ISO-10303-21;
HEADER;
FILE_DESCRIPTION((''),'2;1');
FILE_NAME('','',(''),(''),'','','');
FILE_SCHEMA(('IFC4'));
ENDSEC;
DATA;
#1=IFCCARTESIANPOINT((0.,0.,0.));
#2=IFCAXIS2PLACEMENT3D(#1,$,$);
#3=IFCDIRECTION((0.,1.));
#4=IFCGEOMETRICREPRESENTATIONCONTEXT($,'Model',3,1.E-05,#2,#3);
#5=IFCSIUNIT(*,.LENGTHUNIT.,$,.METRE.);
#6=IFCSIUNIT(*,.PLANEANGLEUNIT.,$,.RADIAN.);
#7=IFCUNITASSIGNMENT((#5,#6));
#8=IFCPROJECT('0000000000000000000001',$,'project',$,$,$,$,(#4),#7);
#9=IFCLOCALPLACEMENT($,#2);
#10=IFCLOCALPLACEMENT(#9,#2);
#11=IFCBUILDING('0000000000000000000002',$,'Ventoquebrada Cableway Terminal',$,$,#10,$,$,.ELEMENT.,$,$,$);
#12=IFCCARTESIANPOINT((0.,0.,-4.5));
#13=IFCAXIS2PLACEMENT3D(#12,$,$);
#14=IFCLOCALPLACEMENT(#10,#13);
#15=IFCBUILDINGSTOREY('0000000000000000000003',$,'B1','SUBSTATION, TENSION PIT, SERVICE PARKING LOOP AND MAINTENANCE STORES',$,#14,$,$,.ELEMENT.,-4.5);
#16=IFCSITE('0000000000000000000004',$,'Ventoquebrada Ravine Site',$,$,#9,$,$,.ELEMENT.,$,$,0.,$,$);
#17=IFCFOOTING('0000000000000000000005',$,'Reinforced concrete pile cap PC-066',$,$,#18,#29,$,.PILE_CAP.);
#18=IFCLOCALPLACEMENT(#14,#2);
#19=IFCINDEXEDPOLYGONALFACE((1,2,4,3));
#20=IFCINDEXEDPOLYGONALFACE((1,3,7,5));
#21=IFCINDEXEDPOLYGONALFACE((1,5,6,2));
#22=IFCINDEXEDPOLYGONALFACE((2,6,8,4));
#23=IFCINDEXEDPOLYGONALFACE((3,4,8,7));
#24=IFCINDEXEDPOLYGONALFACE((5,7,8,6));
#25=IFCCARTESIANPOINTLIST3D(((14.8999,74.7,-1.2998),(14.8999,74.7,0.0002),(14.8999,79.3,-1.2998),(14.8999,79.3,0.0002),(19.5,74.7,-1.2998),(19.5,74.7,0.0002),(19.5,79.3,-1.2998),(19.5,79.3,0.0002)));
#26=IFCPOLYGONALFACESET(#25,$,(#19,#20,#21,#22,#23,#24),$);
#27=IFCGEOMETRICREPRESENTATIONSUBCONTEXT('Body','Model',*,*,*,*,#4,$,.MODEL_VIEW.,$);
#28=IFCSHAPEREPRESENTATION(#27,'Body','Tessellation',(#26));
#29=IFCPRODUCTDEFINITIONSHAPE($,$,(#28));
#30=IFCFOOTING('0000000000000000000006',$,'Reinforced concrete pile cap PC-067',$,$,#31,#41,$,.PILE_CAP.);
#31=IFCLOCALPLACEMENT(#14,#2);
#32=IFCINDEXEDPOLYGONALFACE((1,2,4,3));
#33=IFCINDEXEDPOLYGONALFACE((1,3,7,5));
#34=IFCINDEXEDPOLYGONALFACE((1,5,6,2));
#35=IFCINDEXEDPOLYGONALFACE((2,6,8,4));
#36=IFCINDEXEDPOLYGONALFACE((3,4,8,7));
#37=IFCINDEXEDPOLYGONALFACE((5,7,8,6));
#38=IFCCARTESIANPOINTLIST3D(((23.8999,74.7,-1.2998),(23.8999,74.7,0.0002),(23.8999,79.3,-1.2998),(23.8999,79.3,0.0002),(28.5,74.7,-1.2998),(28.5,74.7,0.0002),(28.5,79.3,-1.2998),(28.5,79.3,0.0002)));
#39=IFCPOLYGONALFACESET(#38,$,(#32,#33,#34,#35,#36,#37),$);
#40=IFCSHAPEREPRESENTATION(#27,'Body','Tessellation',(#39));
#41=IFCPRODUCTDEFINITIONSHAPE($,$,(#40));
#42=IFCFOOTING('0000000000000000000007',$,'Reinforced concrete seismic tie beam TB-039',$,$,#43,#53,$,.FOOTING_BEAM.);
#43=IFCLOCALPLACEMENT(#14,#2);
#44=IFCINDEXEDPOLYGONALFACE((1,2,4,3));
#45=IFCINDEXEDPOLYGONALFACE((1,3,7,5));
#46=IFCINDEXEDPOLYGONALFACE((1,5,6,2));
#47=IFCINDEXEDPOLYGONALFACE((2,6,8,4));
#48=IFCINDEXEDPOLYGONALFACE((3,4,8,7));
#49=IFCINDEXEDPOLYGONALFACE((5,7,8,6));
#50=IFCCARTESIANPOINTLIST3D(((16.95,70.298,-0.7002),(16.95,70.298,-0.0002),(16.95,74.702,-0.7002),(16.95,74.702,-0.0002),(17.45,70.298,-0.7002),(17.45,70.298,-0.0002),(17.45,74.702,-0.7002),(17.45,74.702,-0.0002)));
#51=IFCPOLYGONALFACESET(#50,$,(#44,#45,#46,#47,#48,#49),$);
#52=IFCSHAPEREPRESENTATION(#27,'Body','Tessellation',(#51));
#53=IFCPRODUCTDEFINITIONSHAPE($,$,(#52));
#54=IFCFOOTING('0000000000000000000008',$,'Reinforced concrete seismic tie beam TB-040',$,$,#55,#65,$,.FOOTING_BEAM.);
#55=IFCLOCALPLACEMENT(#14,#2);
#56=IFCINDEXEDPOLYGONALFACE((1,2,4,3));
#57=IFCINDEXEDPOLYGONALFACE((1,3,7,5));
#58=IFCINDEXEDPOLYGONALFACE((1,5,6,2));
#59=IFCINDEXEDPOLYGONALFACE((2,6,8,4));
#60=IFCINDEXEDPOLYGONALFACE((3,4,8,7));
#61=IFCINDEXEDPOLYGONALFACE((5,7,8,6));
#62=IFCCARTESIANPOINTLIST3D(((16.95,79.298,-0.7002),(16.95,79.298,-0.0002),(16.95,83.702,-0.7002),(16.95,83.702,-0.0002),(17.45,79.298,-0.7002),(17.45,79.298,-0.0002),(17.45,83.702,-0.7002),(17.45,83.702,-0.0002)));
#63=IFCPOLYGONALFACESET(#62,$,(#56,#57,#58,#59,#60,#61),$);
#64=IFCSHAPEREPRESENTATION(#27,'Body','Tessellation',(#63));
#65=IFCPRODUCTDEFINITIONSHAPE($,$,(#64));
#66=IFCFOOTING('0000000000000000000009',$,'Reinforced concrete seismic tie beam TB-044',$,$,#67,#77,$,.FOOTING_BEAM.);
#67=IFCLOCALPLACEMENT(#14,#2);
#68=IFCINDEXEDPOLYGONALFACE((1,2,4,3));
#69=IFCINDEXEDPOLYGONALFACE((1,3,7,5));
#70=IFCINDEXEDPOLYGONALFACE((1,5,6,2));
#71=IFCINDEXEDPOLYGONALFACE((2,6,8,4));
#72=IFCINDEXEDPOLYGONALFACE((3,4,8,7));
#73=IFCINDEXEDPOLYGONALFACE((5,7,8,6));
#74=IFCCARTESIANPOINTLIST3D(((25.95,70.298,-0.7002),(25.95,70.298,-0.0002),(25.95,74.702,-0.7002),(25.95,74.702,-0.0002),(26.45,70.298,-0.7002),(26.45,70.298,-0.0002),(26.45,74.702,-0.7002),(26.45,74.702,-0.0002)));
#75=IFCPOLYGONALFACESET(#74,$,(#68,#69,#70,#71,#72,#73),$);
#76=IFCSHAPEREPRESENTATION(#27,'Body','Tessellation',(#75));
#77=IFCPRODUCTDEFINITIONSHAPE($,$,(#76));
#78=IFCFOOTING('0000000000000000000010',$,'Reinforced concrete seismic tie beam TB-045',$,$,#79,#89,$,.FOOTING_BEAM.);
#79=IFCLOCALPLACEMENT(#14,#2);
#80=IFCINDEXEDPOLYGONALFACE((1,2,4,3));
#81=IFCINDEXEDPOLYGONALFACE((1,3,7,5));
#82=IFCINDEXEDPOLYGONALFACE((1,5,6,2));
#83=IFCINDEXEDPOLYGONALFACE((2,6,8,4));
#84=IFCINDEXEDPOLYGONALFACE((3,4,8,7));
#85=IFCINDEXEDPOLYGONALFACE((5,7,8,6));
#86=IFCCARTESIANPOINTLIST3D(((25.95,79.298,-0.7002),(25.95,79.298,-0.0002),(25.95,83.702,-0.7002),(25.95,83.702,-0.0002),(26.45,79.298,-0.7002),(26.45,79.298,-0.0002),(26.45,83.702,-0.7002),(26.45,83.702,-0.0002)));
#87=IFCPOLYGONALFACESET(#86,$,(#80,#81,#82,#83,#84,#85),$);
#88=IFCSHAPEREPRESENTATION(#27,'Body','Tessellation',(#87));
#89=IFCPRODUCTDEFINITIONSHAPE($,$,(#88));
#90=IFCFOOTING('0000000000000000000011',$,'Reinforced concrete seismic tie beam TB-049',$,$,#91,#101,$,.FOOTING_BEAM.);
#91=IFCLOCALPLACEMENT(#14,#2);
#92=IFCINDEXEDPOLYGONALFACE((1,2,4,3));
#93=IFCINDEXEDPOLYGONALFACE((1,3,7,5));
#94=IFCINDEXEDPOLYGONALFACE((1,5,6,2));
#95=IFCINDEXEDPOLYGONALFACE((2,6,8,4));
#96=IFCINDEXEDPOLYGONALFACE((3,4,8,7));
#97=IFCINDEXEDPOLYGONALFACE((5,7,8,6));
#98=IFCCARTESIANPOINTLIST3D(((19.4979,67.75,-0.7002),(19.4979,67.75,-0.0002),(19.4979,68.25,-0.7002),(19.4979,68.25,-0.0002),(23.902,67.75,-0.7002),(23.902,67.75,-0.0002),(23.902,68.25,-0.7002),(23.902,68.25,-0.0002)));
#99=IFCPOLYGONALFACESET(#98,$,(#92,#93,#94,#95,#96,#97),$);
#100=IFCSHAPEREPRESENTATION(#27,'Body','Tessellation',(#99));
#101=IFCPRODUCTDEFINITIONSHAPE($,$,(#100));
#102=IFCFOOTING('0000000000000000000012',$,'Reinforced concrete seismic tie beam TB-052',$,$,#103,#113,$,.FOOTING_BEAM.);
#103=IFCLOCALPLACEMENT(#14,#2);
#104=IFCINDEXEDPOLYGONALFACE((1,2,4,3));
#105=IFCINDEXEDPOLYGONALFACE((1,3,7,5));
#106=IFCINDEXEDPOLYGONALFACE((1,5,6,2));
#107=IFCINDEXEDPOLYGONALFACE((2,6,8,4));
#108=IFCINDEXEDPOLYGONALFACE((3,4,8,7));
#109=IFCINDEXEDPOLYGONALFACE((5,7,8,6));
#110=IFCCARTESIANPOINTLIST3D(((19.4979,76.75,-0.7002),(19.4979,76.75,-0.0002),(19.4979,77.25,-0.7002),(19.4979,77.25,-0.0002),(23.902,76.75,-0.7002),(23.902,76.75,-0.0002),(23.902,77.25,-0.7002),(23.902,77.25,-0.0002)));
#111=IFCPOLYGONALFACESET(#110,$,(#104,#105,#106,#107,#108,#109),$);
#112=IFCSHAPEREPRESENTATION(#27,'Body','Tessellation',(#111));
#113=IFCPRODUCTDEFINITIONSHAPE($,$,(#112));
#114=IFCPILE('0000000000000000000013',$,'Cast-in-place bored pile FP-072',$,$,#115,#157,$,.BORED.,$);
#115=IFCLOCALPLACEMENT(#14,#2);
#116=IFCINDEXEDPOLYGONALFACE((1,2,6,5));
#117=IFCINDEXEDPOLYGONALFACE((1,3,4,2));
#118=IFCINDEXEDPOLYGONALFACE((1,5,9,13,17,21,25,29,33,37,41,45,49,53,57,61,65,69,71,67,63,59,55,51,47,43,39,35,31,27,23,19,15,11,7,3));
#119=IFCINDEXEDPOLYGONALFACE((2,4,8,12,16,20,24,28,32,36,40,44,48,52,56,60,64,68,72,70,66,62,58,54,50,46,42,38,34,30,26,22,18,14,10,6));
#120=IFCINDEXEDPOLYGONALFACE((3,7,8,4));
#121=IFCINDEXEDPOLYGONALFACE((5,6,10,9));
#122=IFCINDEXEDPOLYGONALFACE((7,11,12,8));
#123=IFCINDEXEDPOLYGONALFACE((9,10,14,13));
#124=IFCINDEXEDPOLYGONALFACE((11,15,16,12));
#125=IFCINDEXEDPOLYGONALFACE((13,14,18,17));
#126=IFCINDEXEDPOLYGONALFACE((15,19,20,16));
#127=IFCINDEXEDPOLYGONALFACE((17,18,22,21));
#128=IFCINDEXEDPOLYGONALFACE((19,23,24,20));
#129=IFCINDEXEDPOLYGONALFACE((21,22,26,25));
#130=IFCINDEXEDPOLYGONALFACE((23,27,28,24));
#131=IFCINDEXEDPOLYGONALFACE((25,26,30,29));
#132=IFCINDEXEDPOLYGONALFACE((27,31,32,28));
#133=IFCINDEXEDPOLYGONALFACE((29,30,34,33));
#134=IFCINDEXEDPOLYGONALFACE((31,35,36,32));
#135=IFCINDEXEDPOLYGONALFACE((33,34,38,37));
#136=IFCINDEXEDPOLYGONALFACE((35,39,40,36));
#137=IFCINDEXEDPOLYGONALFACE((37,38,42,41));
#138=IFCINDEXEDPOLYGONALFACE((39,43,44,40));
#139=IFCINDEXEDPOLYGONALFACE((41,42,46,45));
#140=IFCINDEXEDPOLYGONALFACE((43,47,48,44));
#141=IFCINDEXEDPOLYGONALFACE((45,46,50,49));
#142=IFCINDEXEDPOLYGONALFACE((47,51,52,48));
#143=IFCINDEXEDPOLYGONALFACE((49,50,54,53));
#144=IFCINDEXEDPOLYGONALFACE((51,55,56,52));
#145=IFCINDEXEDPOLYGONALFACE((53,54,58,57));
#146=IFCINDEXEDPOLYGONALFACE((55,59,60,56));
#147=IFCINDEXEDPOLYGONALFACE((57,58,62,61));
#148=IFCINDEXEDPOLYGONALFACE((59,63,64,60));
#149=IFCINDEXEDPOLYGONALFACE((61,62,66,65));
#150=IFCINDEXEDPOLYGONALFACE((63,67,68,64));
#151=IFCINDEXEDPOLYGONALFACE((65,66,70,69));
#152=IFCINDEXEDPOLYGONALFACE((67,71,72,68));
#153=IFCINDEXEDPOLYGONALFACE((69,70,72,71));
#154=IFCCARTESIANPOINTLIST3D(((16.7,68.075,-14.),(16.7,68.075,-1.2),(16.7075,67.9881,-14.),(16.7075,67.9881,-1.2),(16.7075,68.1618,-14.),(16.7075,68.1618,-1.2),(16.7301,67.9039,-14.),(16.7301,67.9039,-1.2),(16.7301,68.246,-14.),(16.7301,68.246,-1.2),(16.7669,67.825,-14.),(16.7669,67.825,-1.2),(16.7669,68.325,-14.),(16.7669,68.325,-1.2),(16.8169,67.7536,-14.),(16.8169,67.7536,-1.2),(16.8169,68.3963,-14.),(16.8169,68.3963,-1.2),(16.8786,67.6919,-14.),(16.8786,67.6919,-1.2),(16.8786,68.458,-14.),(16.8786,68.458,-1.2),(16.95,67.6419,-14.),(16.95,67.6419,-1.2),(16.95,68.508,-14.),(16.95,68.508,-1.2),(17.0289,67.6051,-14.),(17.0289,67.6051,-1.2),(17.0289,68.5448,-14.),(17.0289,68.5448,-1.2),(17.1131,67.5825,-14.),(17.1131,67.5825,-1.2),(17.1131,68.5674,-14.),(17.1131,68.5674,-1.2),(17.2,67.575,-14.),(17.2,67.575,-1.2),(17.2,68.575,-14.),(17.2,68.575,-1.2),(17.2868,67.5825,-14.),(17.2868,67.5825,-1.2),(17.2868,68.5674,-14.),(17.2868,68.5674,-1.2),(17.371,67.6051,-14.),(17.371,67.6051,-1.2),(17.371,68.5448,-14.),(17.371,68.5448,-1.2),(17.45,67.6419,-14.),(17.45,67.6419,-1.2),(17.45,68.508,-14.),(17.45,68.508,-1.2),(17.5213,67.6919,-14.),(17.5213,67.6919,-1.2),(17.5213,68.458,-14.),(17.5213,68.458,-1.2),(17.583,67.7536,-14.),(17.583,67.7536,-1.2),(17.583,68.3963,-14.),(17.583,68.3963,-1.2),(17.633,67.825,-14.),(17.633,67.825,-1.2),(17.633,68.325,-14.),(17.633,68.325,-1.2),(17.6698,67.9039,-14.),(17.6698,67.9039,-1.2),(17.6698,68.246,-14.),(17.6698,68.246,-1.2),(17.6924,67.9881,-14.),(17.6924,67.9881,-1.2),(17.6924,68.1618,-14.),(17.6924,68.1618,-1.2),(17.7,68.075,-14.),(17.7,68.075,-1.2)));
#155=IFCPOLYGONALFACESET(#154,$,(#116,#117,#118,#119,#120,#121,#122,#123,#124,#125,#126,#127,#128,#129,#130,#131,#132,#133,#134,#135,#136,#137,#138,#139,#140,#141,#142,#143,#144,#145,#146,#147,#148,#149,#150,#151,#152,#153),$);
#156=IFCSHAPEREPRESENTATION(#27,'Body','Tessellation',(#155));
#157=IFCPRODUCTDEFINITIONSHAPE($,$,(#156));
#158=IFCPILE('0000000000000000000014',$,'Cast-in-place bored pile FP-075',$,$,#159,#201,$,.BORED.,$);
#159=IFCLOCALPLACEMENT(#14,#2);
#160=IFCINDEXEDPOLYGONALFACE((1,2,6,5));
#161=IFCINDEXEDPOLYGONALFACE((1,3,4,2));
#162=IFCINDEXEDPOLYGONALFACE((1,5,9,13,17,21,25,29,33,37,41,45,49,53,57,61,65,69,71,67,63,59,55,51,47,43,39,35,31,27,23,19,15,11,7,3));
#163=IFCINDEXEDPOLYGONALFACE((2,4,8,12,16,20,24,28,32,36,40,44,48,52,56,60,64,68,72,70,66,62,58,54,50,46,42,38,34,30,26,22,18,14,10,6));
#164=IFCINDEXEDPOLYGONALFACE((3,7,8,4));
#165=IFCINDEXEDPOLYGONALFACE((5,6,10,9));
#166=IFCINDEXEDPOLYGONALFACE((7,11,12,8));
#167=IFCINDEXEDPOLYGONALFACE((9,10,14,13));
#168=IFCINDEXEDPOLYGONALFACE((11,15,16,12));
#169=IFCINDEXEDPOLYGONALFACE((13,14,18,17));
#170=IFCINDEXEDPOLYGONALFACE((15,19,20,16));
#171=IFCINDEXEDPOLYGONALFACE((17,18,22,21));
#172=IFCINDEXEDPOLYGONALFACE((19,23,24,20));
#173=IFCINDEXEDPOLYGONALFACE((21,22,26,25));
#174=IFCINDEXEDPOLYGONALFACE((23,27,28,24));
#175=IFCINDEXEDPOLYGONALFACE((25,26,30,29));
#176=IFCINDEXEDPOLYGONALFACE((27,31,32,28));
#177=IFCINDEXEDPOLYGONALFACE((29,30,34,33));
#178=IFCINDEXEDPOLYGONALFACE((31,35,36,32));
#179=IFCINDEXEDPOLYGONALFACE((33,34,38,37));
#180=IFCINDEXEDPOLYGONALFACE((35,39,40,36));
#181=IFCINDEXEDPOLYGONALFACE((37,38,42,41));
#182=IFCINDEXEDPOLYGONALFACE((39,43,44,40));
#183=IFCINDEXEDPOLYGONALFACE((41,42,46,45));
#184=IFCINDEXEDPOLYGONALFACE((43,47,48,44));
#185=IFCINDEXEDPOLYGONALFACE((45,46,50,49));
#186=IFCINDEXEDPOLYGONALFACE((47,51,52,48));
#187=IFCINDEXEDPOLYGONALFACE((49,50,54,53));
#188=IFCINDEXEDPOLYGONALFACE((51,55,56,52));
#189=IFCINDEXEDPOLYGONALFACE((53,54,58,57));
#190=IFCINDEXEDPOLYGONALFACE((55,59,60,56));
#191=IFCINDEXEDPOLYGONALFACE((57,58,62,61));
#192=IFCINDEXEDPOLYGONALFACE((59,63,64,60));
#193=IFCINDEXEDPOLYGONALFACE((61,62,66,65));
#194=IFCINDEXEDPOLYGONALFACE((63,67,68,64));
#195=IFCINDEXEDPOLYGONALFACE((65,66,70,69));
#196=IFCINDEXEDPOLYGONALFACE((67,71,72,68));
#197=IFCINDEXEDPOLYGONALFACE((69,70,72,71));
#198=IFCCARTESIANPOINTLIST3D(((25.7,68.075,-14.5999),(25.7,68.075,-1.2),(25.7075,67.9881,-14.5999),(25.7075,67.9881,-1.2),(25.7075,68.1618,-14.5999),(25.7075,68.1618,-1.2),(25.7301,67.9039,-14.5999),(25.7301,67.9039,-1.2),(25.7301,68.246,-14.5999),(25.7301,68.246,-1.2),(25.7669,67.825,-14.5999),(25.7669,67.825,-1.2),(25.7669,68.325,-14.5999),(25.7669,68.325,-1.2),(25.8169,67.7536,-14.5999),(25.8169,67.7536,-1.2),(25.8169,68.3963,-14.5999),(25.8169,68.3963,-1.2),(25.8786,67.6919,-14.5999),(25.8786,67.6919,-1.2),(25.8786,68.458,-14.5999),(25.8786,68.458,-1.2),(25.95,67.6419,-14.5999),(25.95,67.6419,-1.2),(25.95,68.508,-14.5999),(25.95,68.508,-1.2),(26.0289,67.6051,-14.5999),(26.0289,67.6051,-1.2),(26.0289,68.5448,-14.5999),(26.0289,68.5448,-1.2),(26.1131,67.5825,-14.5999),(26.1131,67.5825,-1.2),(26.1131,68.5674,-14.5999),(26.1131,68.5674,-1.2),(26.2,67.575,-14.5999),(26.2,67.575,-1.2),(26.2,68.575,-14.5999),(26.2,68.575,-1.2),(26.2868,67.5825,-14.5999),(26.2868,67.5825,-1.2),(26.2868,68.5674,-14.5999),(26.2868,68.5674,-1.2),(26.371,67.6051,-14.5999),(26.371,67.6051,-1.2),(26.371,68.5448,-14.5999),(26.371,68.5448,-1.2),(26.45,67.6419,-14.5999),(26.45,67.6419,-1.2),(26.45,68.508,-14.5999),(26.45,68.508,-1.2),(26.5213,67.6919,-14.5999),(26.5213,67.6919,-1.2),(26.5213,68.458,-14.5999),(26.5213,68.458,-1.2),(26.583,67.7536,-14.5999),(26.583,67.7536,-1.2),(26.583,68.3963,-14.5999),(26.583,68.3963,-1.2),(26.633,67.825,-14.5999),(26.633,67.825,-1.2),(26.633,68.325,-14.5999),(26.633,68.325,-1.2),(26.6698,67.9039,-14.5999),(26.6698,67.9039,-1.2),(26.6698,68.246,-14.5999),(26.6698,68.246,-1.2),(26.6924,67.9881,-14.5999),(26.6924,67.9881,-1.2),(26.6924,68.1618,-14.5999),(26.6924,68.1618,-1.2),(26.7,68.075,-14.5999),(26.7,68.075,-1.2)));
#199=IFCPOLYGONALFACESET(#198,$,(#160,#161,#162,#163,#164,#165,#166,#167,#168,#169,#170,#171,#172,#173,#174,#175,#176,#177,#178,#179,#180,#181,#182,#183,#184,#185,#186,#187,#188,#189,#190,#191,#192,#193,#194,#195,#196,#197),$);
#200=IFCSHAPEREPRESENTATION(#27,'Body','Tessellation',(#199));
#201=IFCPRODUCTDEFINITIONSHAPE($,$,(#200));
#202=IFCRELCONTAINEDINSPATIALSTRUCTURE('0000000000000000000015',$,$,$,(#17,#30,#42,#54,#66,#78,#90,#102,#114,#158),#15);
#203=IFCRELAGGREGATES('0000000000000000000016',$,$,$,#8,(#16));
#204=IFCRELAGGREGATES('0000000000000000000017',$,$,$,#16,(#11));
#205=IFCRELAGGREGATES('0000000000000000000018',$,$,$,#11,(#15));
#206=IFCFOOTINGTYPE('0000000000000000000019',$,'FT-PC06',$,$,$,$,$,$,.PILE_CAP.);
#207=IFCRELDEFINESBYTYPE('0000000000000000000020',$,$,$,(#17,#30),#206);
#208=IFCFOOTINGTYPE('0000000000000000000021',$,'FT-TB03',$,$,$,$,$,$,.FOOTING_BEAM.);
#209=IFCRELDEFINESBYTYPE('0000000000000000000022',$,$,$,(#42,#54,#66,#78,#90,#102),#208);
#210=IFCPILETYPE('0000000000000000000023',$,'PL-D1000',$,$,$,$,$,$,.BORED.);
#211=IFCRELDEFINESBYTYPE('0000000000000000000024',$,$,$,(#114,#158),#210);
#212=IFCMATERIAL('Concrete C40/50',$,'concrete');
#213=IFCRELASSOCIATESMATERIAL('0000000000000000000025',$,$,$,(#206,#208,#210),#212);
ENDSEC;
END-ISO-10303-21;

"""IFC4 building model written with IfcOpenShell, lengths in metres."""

from ifc_helpers import new_model, si_unit, direction, frame, origin, origin_2d, place, context, subcontext, project, spatial, rectangle, circle, extrude, material, material_profile, profile_set, type_object, element, save


model = new_model("IFC4")

# Units and contexts
model_context = context("Model", 3, precision=1e-05, world=origin(), true_north=direction((0.0, 1.0)))
body_context = subcontext(model_context, "Body", "Model", "MODEL_VIEW")
ifc_project = project(units=[si_unit("LENGTHUNIT", "METRE"), si_unit("PLANEANGLEUNIT", "RADIAN")], contexts=[model_context])

# Site, building, storey
site_placement = place(None, origin())
site = spatial("IfcSite", under=ifc_project, at=site_placement, Name="Ventoquebrada Ravine Site", CompositionType="ELEMENT", RefElevation=0.0)
building_placement = place(site_placement, origin())
building = spatial("IfcBuilding", under=site, at=building_placement, Name="Ventoquebrada Cableway Terminal", CompositionType="ELEMENT")
storey_placement = place(building_placement, frame((0.0, 0.0, -4.5)))
storey = spatial("IfcBuildingStorey", under=building, at=storey_placement, Name="B1", Description="SUBSTATION, TENSION PIT, SERVICE PARKING LOOP AND MAINTENANCE STORES", CompositionType="ELEMENT", Elevation=-4.5)

# Footings
ifc_material_1 = material(Name="Concrete C40/50", Category="concrete")
footing_type_1 = type_object("IfcFootingType", Name="FT-PC06", PredefinedType="PILE_CAP", material=ifc_material_1)
for number, where, z_axis, x_axis, name in (
    (1, (17.2, 77.0, -1.2998), (0.0, 0.0, 1.0), (1.0, 0.0, 0.0), "Reinforced concrete pile cap PC-066"),
    (2, (26.2, 77.0, -1.2998), (0.0, 0.0, 1.0), (1.0, 0.0, 0.0), "Reinforced concrete pile cap PC-067"),
):
    element("IfcFooting", number, at=place(storey_placement, frame(where, z_axis=z_axis, x_axis=x_axis)), inside=storey, type_object=footing_type_1, Name=name, PredefinedType="PILE_CAP", context=body_context, shape_type="SweptSolid", body=[
        extrude(rectangle(XDim=4.6001, YDim=4.6001, at=origin_2d()), origin(), (0.0, 0.0, 1.0), 1.3),
    ])
footing_type_2 = type_object("IfcFootingType", Name="FT-TB03", PredefinedType="FOOTING_BEAM", material=ifc_material_1)
for number, where, z_axis, x_axis, name in (
    (3, (17.2, 72.5, -0.7002), (0.0, 0.0, 1.0), (0.0, 1.0, 0.0), "Reinforced concrete seismic tie beam TB-039"),
    (4, (17.2, 81.5, -0.7002), (0.0, 0.0, 1.0), (0.0, 1.0, 0.0), "Reinforced concrete seismic tie beam TB-040"),
    (5, (26.2, 72.5, -0.7002), (0.0, 0.0, 1.0), (0.0, 1.0, 0.0), "Reinforced concrete seismic tie beam TB-044"),
    (6, (26.2, 81.5, -0.7002), (0.0, 0.0, 1.0), (0.0, 1.0, 0.0), "Reinforced concrete seismic tie beam TB-045"),
    (7, (21.7, 68.0, -0.7002), (0.0, 0.0, 1.0), (1.0, 0.0, 0.0), "Reinforced concrete seismic tie beam TB-049"),
    (8, (21.7, 77.0, -0.7002), (0.0, 0.0, 1.0), (1.0, 0.0, 0.0), "Reinforced concrete seismic tie beam TB-052"),
):
    element("IfcFooting", number, at=place(storey_placement, frame(where, z_axis=z_axis, x_axis=x_axis)), inside=storey, type_object=footing_type_2, Name=name, PredefinedType="FOOTING_BEAM", context=body_context, shape_type="SweptSolid", body=[
        extrude(rectangle(XDim=4.4041, YDim=0.5, at=origin_2d()), origin(), (0.0, 0.0, 1.0), 0.7),
    ])

# Piles
ifc_material_profile_1 = material_profile(ifc_material_1, circle(Radius=0.5, at=origin_2d()), Name="PILE-D1000")
ifc_profile_set_1 = profile_set([ifc_material_profile_1], Name="Concrete C40/50")
pile_type = type_object("IfcPileType", Name="PL-D1000", PredefinedType="BORED", material=ifc_profile_set_1)
pile_1_placement = place(storey_placement, frame((17.2, 68.075, -1.2), z_axis=(0.0, 0.0, -1.0), x_axis=(1.0, 0.0, 0.0)))
element("IfcPile", 9, at=pile_1_placement, inside=storey, type_object=pile_type, Name="Cast-in-place bored pile FP-072", PredefinedType="BORED", context=body_context, shape_type="SweptSolid", body=[
    extrude(circle(Radius=0.5, at=origin_2d()), origin(), (0.0, 0.0, 1.0), 12.8),
])
pile_2_placement = place(storey_placement, frame((26.2, 68.075, -1.2), z_axis=(0.0, 0.0, -1.0), x_axis=(1.0, 0.0, 0.0)))
element("IfcPile", 10, at=pile_2_placement, inside=storey, type_object=pile_type, Name="Cast-in-place bored pile FP-075", PredefinedType="BORED", context=body_context, shape_type="SweptSolid", body=[
    extrude(circle(Radius=0.5, at=origin_2d()), origin(), (0.0, 0.0, 1.0), 13.3999),
])

save(model, "model.ifc")
